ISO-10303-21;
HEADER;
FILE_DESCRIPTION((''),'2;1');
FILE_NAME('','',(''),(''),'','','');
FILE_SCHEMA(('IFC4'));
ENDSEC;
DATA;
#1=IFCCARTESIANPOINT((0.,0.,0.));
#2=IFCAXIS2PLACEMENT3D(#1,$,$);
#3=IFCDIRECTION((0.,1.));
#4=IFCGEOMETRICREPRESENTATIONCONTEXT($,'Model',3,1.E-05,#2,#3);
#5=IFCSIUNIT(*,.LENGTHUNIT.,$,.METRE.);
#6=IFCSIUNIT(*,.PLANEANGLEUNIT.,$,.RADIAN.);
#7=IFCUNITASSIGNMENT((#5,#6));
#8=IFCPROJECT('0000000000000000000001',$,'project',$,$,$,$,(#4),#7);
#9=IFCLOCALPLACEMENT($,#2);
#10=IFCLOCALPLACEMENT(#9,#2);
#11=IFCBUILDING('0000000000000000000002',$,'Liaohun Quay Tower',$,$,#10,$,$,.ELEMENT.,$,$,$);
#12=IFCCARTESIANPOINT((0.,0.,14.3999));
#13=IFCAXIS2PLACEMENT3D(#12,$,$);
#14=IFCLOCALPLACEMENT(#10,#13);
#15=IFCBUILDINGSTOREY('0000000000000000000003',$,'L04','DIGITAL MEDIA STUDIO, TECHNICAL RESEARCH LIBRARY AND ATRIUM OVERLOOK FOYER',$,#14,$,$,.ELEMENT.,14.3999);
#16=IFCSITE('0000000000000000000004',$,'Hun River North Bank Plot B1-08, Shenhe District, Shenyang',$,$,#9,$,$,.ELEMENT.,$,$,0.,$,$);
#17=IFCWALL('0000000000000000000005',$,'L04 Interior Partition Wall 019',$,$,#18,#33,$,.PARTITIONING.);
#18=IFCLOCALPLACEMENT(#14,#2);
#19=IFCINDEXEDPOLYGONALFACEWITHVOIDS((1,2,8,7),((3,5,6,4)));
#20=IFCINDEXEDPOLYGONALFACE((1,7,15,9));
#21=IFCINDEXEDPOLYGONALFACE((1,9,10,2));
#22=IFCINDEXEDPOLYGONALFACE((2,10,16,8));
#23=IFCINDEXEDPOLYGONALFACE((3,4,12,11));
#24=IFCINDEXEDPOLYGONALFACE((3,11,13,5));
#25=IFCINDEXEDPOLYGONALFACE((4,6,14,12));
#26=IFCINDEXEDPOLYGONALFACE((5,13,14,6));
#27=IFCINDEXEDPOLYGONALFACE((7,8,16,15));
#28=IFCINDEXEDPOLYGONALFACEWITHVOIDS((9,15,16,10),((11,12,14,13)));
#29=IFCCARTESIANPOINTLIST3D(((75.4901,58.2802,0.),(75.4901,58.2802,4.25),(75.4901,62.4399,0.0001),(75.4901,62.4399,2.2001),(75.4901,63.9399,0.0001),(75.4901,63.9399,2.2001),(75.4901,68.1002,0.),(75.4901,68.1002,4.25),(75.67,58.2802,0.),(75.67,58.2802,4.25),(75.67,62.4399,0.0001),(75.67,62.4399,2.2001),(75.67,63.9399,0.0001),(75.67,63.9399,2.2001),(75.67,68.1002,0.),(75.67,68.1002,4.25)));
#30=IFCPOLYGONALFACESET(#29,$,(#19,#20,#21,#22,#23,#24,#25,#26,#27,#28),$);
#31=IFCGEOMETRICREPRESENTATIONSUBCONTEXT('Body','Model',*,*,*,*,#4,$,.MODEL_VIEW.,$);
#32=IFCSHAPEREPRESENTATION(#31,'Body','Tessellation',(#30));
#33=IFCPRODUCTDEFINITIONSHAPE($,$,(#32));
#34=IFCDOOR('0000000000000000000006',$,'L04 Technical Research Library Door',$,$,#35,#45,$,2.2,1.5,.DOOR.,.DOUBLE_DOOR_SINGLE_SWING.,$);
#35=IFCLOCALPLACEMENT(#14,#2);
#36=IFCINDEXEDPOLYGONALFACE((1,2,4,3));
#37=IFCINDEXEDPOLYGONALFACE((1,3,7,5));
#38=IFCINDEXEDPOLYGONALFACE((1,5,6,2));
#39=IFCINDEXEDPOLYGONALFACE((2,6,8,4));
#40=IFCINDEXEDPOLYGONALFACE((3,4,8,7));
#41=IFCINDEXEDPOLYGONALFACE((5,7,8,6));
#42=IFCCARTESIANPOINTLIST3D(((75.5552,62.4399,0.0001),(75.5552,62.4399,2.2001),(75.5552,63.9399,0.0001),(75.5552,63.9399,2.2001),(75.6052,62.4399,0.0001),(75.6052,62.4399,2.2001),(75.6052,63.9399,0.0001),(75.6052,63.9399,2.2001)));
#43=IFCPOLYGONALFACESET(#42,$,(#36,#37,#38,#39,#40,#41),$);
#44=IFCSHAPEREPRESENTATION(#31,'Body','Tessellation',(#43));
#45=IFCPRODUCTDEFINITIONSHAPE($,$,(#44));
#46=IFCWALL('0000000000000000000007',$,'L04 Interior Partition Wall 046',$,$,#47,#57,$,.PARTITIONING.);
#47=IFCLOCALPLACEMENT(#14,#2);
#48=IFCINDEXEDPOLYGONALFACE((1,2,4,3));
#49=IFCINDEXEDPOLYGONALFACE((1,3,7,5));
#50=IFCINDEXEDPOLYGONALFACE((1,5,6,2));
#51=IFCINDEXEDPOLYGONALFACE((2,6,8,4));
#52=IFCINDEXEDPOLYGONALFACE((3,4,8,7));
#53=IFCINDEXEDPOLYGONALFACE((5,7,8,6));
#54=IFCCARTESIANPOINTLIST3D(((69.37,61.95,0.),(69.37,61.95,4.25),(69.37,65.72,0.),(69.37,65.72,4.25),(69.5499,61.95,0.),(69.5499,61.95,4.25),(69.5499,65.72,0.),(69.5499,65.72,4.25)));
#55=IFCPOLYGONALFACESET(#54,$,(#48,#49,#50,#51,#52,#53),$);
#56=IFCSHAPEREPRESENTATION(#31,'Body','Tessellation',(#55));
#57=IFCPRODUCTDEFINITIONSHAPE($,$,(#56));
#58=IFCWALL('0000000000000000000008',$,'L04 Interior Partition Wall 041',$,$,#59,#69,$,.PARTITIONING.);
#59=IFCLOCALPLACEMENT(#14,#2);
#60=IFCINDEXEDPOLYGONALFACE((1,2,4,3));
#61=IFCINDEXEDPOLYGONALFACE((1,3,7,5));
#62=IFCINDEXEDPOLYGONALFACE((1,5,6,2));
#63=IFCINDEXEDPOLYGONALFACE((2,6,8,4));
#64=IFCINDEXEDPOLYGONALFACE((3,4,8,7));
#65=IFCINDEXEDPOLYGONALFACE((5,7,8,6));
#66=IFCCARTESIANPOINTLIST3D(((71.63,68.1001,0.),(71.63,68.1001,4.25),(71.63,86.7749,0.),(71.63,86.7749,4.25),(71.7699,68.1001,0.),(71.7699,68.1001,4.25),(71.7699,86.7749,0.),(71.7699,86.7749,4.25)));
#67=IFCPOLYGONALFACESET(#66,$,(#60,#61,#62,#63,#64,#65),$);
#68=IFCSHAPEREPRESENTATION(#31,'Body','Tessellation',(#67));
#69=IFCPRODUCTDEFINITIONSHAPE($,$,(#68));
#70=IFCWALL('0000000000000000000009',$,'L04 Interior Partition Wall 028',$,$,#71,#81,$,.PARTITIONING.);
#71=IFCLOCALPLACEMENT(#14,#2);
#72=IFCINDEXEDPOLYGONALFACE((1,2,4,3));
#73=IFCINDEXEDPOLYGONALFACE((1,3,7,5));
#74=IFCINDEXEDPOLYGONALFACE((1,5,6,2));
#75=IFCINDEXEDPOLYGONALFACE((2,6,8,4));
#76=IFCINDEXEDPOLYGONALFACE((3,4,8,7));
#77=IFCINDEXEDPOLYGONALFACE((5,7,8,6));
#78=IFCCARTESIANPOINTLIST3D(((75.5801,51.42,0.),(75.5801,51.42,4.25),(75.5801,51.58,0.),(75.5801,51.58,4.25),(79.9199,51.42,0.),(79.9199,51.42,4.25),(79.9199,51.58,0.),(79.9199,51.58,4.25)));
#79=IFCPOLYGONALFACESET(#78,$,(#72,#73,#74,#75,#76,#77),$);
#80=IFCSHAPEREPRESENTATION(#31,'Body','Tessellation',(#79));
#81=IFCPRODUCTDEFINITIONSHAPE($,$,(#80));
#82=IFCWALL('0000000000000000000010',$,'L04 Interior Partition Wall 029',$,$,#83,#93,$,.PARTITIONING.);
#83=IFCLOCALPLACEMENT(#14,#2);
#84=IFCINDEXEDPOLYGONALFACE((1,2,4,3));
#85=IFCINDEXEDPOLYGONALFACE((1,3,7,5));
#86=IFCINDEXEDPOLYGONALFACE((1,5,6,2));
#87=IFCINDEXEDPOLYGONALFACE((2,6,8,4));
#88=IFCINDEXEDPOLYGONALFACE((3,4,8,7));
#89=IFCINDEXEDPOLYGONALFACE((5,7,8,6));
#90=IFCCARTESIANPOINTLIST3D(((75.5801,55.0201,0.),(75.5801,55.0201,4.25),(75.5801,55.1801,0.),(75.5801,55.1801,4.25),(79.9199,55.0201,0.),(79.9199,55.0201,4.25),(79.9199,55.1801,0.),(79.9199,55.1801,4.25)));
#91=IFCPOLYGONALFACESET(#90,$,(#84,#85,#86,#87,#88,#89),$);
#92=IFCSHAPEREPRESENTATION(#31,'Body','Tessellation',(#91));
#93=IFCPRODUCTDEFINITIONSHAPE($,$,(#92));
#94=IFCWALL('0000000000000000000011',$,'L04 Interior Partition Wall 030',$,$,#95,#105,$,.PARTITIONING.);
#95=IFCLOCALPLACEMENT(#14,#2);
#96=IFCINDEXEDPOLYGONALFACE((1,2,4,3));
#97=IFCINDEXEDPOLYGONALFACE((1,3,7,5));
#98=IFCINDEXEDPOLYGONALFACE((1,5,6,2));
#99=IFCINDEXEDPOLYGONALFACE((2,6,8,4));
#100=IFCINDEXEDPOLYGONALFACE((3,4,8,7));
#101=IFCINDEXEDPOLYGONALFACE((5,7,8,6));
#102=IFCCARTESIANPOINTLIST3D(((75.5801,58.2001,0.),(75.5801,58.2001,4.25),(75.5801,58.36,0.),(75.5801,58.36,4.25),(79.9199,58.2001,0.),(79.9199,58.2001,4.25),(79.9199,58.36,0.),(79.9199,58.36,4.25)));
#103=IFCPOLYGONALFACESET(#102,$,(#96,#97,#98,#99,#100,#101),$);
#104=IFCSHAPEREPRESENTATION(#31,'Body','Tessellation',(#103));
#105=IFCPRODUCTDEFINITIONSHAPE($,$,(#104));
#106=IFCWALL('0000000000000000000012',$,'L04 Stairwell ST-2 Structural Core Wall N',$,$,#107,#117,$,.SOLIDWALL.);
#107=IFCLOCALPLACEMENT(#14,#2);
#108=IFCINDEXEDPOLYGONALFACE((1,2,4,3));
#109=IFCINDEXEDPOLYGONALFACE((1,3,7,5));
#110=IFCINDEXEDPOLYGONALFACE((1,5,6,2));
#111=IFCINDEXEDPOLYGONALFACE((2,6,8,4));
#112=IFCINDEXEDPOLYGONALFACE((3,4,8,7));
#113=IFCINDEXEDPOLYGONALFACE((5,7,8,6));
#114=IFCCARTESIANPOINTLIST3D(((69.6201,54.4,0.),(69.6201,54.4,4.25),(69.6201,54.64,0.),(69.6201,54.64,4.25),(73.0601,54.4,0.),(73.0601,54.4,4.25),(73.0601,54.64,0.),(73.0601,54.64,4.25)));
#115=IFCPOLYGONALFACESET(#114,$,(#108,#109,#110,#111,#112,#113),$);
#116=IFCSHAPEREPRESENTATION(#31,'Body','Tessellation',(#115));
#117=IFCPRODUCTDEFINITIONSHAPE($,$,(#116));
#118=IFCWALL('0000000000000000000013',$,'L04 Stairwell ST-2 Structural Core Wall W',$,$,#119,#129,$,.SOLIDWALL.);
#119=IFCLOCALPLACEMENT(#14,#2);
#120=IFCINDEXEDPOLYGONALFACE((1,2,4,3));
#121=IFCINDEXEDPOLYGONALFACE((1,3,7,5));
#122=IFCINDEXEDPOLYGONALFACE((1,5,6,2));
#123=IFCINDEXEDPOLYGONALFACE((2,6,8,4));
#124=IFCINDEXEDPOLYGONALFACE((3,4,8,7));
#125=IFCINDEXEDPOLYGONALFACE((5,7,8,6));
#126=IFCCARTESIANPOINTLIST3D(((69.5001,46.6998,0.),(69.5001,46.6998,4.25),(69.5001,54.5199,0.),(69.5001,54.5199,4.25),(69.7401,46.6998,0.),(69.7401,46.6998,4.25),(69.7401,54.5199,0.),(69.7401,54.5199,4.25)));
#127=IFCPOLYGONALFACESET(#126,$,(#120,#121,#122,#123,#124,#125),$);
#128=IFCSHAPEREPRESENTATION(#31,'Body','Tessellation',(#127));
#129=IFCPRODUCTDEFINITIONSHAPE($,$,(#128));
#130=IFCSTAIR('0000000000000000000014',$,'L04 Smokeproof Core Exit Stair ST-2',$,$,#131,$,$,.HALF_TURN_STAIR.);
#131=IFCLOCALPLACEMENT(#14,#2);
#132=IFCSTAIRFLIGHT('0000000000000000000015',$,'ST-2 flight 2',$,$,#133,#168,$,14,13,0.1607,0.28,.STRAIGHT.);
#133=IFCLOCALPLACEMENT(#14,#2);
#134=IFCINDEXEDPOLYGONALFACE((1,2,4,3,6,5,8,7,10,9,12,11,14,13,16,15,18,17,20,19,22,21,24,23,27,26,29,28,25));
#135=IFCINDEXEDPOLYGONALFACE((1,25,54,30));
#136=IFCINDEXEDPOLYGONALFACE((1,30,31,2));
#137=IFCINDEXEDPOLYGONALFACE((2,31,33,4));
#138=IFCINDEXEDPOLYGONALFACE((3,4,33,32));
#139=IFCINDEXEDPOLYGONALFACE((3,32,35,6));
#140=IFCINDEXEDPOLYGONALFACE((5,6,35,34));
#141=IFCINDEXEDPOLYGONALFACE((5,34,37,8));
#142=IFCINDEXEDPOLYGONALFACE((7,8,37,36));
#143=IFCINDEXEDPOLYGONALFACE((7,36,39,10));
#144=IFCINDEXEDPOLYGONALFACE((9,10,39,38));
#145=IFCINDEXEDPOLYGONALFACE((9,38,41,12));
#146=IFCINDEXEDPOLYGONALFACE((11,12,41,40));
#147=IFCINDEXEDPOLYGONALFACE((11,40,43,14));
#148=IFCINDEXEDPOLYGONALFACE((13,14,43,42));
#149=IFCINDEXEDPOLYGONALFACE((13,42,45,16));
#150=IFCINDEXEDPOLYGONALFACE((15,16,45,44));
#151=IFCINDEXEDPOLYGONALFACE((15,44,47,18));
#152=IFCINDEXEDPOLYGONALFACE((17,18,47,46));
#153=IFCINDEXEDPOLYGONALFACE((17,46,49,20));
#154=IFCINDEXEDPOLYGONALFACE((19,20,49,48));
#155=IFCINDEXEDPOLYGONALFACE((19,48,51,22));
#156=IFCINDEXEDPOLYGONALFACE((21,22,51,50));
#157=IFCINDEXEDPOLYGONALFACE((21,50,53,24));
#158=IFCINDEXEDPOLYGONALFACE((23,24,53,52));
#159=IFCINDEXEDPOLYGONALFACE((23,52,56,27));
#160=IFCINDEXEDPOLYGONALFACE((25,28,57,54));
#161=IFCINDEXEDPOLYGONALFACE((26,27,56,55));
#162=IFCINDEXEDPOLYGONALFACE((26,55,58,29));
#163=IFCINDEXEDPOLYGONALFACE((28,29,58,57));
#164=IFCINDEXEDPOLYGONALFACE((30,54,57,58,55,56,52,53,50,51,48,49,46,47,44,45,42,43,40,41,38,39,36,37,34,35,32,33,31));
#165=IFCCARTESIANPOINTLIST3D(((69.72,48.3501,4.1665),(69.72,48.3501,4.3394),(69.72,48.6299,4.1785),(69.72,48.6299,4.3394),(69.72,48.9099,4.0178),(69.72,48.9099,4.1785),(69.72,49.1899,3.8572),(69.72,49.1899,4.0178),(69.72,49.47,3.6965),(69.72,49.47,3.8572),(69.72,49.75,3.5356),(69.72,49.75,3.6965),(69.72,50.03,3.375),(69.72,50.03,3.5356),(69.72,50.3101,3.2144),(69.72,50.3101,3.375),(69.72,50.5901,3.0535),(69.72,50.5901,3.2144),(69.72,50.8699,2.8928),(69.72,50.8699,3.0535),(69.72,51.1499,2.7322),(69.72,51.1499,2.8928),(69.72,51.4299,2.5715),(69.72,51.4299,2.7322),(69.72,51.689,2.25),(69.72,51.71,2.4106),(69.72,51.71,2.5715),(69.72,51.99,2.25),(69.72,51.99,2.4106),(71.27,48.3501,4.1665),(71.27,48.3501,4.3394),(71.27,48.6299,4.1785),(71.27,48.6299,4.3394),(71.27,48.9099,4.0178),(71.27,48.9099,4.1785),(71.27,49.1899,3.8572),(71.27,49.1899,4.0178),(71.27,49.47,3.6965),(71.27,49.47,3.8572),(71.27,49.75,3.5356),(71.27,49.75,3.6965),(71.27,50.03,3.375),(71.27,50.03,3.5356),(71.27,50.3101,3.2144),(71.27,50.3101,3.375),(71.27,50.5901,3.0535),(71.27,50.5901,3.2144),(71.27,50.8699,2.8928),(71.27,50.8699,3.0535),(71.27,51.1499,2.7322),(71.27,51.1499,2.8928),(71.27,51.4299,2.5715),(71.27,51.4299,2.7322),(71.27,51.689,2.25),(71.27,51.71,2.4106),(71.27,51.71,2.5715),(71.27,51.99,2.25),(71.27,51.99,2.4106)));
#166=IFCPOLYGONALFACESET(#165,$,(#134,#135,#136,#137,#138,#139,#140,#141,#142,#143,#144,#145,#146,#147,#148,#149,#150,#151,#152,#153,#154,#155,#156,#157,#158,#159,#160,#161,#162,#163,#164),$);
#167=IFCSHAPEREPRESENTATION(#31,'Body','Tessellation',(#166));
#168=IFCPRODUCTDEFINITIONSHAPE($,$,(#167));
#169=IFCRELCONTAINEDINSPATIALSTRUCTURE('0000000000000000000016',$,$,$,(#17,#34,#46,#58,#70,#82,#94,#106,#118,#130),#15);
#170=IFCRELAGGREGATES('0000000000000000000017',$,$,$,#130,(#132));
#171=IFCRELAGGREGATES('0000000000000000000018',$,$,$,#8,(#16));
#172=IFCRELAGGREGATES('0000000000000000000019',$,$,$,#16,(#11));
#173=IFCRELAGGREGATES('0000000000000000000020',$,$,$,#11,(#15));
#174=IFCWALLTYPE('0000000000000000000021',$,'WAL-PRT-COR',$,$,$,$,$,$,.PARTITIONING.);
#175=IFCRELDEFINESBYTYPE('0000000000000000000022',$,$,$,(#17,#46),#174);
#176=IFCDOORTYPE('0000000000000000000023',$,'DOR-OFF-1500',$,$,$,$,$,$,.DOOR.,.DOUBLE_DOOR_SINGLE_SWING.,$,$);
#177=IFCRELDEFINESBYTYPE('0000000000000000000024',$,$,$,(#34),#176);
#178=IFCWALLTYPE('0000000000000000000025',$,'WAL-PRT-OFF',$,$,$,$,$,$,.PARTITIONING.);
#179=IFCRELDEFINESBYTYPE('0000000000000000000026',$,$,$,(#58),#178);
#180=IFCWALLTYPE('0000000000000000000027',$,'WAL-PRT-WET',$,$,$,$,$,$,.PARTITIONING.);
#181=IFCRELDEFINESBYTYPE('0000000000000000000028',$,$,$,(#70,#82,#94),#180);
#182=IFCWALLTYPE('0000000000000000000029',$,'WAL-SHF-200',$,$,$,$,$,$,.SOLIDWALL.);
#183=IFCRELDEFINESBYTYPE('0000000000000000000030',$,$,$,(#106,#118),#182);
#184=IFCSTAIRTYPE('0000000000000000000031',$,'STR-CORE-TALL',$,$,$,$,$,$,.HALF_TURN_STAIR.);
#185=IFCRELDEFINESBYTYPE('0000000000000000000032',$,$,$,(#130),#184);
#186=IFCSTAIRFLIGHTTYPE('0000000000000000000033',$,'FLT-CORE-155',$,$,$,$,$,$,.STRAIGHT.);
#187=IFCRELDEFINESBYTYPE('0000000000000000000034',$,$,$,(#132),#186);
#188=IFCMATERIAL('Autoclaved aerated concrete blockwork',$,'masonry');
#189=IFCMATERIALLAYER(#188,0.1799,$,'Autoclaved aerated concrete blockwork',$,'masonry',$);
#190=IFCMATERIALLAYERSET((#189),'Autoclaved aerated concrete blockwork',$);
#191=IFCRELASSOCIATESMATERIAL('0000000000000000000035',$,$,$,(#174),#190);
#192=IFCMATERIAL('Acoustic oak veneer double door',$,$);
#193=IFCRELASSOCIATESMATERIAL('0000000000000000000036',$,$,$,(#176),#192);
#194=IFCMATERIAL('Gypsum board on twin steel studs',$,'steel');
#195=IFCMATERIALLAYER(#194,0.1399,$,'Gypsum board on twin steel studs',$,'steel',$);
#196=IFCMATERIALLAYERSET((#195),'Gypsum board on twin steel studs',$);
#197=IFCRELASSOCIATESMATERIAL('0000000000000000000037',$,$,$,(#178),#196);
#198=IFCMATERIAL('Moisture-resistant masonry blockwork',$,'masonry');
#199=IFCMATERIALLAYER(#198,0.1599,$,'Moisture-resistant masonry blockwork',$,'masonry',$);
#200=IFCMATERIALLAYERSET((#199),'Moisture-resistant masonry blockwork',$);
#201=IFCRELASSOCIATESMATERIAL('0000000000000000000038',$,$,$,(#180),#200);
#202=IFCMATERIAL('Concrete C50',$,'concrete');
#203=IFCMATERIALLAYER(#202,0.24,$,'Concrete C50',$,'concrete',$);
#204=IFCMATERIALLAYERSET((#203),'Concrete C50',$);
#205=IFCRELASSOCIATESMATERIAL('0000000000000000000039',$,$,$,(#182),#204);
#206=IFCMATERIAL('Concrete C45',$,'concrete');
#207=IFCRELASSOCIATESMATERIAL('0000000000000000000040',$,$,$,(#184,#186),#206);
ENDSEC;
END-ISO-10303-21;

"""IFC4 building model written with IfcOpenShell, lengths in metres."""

from ifc_helpers import new_model, si_unit, direction, frame, frame_2d, origin, place, context, subcontext, project, spatial, polyline, rectangle, outline, extrude, source, transform, mapped, material, layer, layer_set, type_object, element, fill, aggregate, save


model = new_model("IFC4")

# Units and contexts
model_context = context("Model", 3, precision=1e-05, world=origin(), true_north=direction((0.0, 1.0)))
body_context = subcontext(model_context, "Body", "Model", "MODEL_VIEW")
ifc_project = project(units=[si_unit("LENGTHUNIT", "METRE"), si_unit("PLANEANGLEUNIT", "RADIAN")], contexts=[model_context])

# Site, building, storey
site_placement = place(None, origin())
site = spatial("IfcSite", under=ifc_project, at=site_placement, Name="Hun River North Bank Plot B1-08, Shenhe District, Shenyang", CompositionType="ELEMENT", RefElevation=0.0)
building_placement = place(site_placement, origin())
building = spatial("IfcBuilding", under=site, at=building_placement, Name="Liaohun Quay Tower", CompositionType="ELEMENT")
storey_placement = place(building_placement, frame((0.0, 0.0, 14.3999)))
storey = spatial("IfcBuildingStorey", under=building, at=storey_placement, Name="L04", Description="DIGITAL MEDIA STUDIO, TECHNICAL RESEARCH LIBRARY AND ATRIUM OVERLOOK FOYER", CompositionType="ELEMENT", Elevation=14.3999)

# Wall, opening, door
ifc_material_1 = material(Name="Autoclaved aerated concrete blockwork", Category="masonry")
ifc_layer_1 = layer(ifc_material_1, 0.1799, Name="Autoclaved aerated concrete blockwork", Category="masonry")
ifc_layer_set_1 = layer_set([ifc_layer_1], Name="Autoclaved aerated concrete blockwork")
wall_type_1 = type_object("IfcWallType", Name="WAL-PRT-COR", PredefinedType="PARTITIONING", material=ifc_layer_set_1)
wall_1_placement = place(storey_placement, frame((75.5801, 58.28, 0.0), z_axis=(0.0, 0.0, 1.0), x_axis=(0.0, 1.0, 0.0)))
wall_1 = element("IfcWall", 1, at=wall_1_placement, inside=storey, type_object=wall_type_1, Name="L04 Interior Partition Wall 019", PredefinedType="PARTITIONING", context=body_context, shape_type="SweptSolid", body=[
    extrude(rectangle(XDim=9.8201, YDim=0.1799, at=frame_2d((4.9102, 0.0))), origin(), (0.0, 0.0, 1.0), 4.25),
])
shared_shape_1 = source(origin(), body_context, "Body", "SweptSolid", [
    extrude(rectangle(XDim=1.5, YDim=2.2, at=frame_2d((0.75, 1.1001))), frame((0.0, 0.0999, 0.0), z_axis=(0.0, -1.0, 0.0), x_axis=(1.0, 0.0, 0.0)), (0.0, 0.0, 1.0), 0.2),
])
opening_1_placement = place(wall_1_placement, frame((4.1599, 0.0, 0.0)))
opening_1 = element("IfcOpeningElement", 2, at=opening_1_placement, cuts=wall_1, PredefinedType="OPENING", context=body_context, shape_type="MappedRepresentation", body=[
    mapped(shared_shape_1, transform((0.0, 0.0, 0.0), x_axis=(1.0, 0.0, 0.0), y_axis=(0.0, 1.0, 0.0), z_axis=(0.0, 0.0, 1.0), scale=1.0)),
])
ifc_material_2 = material(Name="Acoustic oak veneer double door")
door_type_1 = type_object("IfcDoorType", Name="DOR-OFF-1500", OperationType="DOUBLE_DOOR_SINGLE_SWING", PredefinedType="DOOR", material=ifc_material_2)
shared_shape_2 = source(origin(), body_context, "Body", "SweptSolid", [
    extrude(rectangle(XDim=1.5, YDim=2.2, at=frame_2d((0.75, 1.1001))), frame((0.0, 0.0249, 0.0), z_axis=(0.0, -1.0, 0.0), x_axis=(1.0, 0.0, 0.0)), (0.0, 0.0, 1.0), 0.05),
])
door_1_placement = place(opening_1_placement, origin())
door_1 = element("IfcDoor", 3, at=door_1_placement, inside=storey, type_object=door_type_1, Name="L04 Technical Research Library Door", OperationType="DOUBLE_DOOR_SINGLE_SWING", OverallHeight=2.2, OverallWidth=1.5, PredefinedType="DOOR", context=body_context, shape_type="MappedRepresentation", body=[
    mapped(shared_shape_2, transform((0.0, 0.0, 0.0), x_axis=(1.0, 0.0, 0.0), y_axis=(0.0, 1.0, 0.0), z_axis=(0.0, 0.0, 1.0), scale=1.0)),
])
fill(opening_1, door_1)

# Walls
wall_2_placement = place(storey_placement, frame((69.46, 61.95, 0.0), z_axis=(0.0, 0.0, 1.0), x_axis=(0.0, 1.0, 0.0)))
element("IfcWall", 4, at=wall_2_placement, inside=storey, type_object=wall_type_1, Name="L04 Interior Partition Wall 046", PredefinedType="PARTITIONING", context=body_context, shape_type="SweptSolid", body=[
    extrude(rectangle(XDim=3.77, YDim=0.1799, at=frame_2d((1.885, 0.0))), origin(), (0.0, 0.0, 1.0), 4.25),
])
ifc_material_3 = material(Name="Gypsum board on twin steel studs", Category="steel")
ifc_layer_2 = layer(ifc_material_3, 0.1399, Name="Gypsum board on twin steel studs", Category="steel")
ifc_layer_set_2 = layer_set([ifc_layer_2], Name="Gypsum board on twin steel studs")
wall_type_2 = type_object("IfcWallType", Name="WAL-PRT-OFF", PredefinedType="PARTITIONING", material=ifc_layer_set_2)
wall_3_placement = place(storey_placement, frame((71.7, 68.1001, 0.0), z_axis=(0.0, 0.0, 1.0), x_axis=(0.0, 1.0, 0.0)))
element("IfcWall", 5, at=wall_3_placement, inside=storey, type_object=wall_type_2, Name="L04 Interior Partition Wall 041", PredefinedType="PARTITIONING", context=body_context, shape_type="SweptSolid", body=[
    extrude(rectangle(XDim=18.6748, YDim=0.1399, at=frame_2d((9.3374, 0.0))), origin(), (0.0, 0.0, 1.0), 4.25),
])

# Shared definitions
ifc_material_4 = material(Name="Moisture-resistant masonry blockwork", Category="masonry")
ifc_layer_3 = layer(ifc_material_4, 0.1599, Name="Moisture-resistant masonry blockwork", Category="masonry")
ifc_layer_set_3 = layer_set([ifc_layer_3], Name="Moisture-resistant masonry blockwork")
wall_type_3 = type_object("IfcWallType", Name="WAL-PRT-WET", PredefinedType="PARTITIONING", material=ifc_layer_set_3)

# Walls
for number, where, z_axis, x_axis, name in (
    (6, (75.5801, 51.5, 0.0), (0.0, 0.0, 1.0), (1.0, 0.0, 0.0), "L04 Interior Partition Wall 028"),
    (7, (75.5801, 55.1001, 0.0), (0.0, 0.0, 1.0), (1.0, 0.0, 0.0), "L04 Interior Partition Wall 029"),
    (8, (75.5801, 58.28, 0.0), (0.0, 0.0, 1.0), (1.0, 0.0, 0.0), "L04 Interior Partition Wall 030"),
):
    element("IfcWall", number, at=place(storey_placement, frame(where, z_axis=z_axis, x_axis=x_axis)), inside=storey, type_object=wall_type_3, Name=name, PredefinedType="PARTITIONING", context=body_context, shape_type="SweptSolid", body=[
        extrude(rectangle(XDim=4.3398, YDim=0.1599, at=frame_2d((2.1699, 0.0))), origin(), (0.0, 0.0, 1.0), 4.25),
    ])
ifc_material_5 = material(Name="Concrete C50", Category="concrete")
ifc_layer_4 = layer(ifc_material_5, 0.24, Name="Concrete C50", Category="concrete")
ifc_layer_set_4 = layer_set([ifc_layer_4], Name="Concrete C50")
wall_type_4 = type_object("IfcWallType", Name="WAL-SHF-200", PredefinedType="SOLIDWALL", material=ifc_layer_set_4)
wall_4_placement = place(storey_placement, frame((73.0601, 54.52, 0.0), z_axis=(0.0, 0.0, 1.0), x_axis=(-1.0, 0.0, 0.0)))
element("IfcWall", 9, at=wall_4_placement, inside=storey, type_object=wall_type_4, Name="L04 Stairwell ST-2 Structural Core Wall N", PredefinedType="SOLIDWALL", context=body_context, shape_type="SweptSolid", body=[
    extrude(rectangle(XDim=3.4399, YDim=0.24, at=frame_2d((1.72, 0.0))), origin(), (0.0, 0.0, 1.0), 4.25),
])
wall_5_placement = place(storey_placement, frame((69.6201, 54.52, 0.0), z_axis=(0.0, 0.0, 1.0), x_axis=(0.0, -1.0, 0.0)))
element("IfcWall", 10, at=wall_5_placement, inside=storey, type_object=wall_type_4, Name="L04 Stairwell ST-2 Structural Core Wall W", PredefinedType="SOLIDWALL", context=body_context, shape_type="SweptSolid", body=[
    extrude(rectangle(XDim=7.8201, YDim=0.24, at=frame_2d((3.9102, 0.0))), origin(), (0.0, 0.0, 1.0), 4.25),
])

# Stair, stair flight
ifc_material_6 = material(Name="Concrete C45", Category="concrete")
stair_type = type_object("IfcStairType", Name="STR-CORE-TALL", PredefinedType="HALF_TURN_STAIR", material=ifc_material_6)
stair_placement = place(storey_placement, origin())
stair = element("IfcStair", 11, at=stair_placement, inside=storey, type_object=stair_type, Name="L04 Smokeproof Core Exit Stair ST-2", PredefinedType="HALF_TURN_STAIR")
stair_flight_type = type_object("IfcStairFlightType", Name="FLT-CORE-155", PredefinedType="STRAIGHT", material=ifc_material_6)
stair_flight_placement = place(storey_placement, frame((70.4951, 51.99, 2.25), z_axis=(0.0, 0.0, 1.0), x_axis=(0.0, -1.0, 0.0)))
stair_flight = element("IfcStairFlight", 12, at=stair_flight_placement, type_object=stair_flight_type, Name="ST-2 flight 2", NumberOfRisers=14, NumberOfTreads=13, PredefinedType="STRAIGHT", RiserHeight=0.1607, TreadLength=0.28, context=body_context, shape_type="SweptSolid", body=[
    extrude(outline(polyline([(0.0, 0.0), (0.0, 0.1606), (0.28, 0.1606), (0.28, 0.3215), (0.5601, 0.3215), (0.5601, 0.4822), (0.8401, 0.4822), (0.8401, 0.6428), (1.1201, 0.6428), (1.1201, 0.8035), (1.3999, 0.8035), (1.3999, 0.9644), (1.6799, 0.9644), (1.6799, 1.125), (1.96, 1.125), (1.96, 1.2856), (2.24, 1.2856), (2.24, 1.4465), (2.52, 1.4465), (2.52, 1.6072), (2.8, 1.6072), (2.8, 1.7678), (3.0801, 1.7678), (3.0801, 1.9285), (3.3601, 1.9285), (3.3601, 2.0894), (3.6399, 2.0894), (3.6399, 2.25), (3.6399, 1.9165), (0.301, 0.0), (0.0, 0.0)])), frame((0.0, 0.7749, 0.0), z_axis=(0.0, -1.0, 0.0), x_axis=(1.0, 0.0, 0.0)), (0.0, 0.0, 1.0), 1.55),
])
aggregate(stair, [stair_flight])

save(model, "model.ifc")
